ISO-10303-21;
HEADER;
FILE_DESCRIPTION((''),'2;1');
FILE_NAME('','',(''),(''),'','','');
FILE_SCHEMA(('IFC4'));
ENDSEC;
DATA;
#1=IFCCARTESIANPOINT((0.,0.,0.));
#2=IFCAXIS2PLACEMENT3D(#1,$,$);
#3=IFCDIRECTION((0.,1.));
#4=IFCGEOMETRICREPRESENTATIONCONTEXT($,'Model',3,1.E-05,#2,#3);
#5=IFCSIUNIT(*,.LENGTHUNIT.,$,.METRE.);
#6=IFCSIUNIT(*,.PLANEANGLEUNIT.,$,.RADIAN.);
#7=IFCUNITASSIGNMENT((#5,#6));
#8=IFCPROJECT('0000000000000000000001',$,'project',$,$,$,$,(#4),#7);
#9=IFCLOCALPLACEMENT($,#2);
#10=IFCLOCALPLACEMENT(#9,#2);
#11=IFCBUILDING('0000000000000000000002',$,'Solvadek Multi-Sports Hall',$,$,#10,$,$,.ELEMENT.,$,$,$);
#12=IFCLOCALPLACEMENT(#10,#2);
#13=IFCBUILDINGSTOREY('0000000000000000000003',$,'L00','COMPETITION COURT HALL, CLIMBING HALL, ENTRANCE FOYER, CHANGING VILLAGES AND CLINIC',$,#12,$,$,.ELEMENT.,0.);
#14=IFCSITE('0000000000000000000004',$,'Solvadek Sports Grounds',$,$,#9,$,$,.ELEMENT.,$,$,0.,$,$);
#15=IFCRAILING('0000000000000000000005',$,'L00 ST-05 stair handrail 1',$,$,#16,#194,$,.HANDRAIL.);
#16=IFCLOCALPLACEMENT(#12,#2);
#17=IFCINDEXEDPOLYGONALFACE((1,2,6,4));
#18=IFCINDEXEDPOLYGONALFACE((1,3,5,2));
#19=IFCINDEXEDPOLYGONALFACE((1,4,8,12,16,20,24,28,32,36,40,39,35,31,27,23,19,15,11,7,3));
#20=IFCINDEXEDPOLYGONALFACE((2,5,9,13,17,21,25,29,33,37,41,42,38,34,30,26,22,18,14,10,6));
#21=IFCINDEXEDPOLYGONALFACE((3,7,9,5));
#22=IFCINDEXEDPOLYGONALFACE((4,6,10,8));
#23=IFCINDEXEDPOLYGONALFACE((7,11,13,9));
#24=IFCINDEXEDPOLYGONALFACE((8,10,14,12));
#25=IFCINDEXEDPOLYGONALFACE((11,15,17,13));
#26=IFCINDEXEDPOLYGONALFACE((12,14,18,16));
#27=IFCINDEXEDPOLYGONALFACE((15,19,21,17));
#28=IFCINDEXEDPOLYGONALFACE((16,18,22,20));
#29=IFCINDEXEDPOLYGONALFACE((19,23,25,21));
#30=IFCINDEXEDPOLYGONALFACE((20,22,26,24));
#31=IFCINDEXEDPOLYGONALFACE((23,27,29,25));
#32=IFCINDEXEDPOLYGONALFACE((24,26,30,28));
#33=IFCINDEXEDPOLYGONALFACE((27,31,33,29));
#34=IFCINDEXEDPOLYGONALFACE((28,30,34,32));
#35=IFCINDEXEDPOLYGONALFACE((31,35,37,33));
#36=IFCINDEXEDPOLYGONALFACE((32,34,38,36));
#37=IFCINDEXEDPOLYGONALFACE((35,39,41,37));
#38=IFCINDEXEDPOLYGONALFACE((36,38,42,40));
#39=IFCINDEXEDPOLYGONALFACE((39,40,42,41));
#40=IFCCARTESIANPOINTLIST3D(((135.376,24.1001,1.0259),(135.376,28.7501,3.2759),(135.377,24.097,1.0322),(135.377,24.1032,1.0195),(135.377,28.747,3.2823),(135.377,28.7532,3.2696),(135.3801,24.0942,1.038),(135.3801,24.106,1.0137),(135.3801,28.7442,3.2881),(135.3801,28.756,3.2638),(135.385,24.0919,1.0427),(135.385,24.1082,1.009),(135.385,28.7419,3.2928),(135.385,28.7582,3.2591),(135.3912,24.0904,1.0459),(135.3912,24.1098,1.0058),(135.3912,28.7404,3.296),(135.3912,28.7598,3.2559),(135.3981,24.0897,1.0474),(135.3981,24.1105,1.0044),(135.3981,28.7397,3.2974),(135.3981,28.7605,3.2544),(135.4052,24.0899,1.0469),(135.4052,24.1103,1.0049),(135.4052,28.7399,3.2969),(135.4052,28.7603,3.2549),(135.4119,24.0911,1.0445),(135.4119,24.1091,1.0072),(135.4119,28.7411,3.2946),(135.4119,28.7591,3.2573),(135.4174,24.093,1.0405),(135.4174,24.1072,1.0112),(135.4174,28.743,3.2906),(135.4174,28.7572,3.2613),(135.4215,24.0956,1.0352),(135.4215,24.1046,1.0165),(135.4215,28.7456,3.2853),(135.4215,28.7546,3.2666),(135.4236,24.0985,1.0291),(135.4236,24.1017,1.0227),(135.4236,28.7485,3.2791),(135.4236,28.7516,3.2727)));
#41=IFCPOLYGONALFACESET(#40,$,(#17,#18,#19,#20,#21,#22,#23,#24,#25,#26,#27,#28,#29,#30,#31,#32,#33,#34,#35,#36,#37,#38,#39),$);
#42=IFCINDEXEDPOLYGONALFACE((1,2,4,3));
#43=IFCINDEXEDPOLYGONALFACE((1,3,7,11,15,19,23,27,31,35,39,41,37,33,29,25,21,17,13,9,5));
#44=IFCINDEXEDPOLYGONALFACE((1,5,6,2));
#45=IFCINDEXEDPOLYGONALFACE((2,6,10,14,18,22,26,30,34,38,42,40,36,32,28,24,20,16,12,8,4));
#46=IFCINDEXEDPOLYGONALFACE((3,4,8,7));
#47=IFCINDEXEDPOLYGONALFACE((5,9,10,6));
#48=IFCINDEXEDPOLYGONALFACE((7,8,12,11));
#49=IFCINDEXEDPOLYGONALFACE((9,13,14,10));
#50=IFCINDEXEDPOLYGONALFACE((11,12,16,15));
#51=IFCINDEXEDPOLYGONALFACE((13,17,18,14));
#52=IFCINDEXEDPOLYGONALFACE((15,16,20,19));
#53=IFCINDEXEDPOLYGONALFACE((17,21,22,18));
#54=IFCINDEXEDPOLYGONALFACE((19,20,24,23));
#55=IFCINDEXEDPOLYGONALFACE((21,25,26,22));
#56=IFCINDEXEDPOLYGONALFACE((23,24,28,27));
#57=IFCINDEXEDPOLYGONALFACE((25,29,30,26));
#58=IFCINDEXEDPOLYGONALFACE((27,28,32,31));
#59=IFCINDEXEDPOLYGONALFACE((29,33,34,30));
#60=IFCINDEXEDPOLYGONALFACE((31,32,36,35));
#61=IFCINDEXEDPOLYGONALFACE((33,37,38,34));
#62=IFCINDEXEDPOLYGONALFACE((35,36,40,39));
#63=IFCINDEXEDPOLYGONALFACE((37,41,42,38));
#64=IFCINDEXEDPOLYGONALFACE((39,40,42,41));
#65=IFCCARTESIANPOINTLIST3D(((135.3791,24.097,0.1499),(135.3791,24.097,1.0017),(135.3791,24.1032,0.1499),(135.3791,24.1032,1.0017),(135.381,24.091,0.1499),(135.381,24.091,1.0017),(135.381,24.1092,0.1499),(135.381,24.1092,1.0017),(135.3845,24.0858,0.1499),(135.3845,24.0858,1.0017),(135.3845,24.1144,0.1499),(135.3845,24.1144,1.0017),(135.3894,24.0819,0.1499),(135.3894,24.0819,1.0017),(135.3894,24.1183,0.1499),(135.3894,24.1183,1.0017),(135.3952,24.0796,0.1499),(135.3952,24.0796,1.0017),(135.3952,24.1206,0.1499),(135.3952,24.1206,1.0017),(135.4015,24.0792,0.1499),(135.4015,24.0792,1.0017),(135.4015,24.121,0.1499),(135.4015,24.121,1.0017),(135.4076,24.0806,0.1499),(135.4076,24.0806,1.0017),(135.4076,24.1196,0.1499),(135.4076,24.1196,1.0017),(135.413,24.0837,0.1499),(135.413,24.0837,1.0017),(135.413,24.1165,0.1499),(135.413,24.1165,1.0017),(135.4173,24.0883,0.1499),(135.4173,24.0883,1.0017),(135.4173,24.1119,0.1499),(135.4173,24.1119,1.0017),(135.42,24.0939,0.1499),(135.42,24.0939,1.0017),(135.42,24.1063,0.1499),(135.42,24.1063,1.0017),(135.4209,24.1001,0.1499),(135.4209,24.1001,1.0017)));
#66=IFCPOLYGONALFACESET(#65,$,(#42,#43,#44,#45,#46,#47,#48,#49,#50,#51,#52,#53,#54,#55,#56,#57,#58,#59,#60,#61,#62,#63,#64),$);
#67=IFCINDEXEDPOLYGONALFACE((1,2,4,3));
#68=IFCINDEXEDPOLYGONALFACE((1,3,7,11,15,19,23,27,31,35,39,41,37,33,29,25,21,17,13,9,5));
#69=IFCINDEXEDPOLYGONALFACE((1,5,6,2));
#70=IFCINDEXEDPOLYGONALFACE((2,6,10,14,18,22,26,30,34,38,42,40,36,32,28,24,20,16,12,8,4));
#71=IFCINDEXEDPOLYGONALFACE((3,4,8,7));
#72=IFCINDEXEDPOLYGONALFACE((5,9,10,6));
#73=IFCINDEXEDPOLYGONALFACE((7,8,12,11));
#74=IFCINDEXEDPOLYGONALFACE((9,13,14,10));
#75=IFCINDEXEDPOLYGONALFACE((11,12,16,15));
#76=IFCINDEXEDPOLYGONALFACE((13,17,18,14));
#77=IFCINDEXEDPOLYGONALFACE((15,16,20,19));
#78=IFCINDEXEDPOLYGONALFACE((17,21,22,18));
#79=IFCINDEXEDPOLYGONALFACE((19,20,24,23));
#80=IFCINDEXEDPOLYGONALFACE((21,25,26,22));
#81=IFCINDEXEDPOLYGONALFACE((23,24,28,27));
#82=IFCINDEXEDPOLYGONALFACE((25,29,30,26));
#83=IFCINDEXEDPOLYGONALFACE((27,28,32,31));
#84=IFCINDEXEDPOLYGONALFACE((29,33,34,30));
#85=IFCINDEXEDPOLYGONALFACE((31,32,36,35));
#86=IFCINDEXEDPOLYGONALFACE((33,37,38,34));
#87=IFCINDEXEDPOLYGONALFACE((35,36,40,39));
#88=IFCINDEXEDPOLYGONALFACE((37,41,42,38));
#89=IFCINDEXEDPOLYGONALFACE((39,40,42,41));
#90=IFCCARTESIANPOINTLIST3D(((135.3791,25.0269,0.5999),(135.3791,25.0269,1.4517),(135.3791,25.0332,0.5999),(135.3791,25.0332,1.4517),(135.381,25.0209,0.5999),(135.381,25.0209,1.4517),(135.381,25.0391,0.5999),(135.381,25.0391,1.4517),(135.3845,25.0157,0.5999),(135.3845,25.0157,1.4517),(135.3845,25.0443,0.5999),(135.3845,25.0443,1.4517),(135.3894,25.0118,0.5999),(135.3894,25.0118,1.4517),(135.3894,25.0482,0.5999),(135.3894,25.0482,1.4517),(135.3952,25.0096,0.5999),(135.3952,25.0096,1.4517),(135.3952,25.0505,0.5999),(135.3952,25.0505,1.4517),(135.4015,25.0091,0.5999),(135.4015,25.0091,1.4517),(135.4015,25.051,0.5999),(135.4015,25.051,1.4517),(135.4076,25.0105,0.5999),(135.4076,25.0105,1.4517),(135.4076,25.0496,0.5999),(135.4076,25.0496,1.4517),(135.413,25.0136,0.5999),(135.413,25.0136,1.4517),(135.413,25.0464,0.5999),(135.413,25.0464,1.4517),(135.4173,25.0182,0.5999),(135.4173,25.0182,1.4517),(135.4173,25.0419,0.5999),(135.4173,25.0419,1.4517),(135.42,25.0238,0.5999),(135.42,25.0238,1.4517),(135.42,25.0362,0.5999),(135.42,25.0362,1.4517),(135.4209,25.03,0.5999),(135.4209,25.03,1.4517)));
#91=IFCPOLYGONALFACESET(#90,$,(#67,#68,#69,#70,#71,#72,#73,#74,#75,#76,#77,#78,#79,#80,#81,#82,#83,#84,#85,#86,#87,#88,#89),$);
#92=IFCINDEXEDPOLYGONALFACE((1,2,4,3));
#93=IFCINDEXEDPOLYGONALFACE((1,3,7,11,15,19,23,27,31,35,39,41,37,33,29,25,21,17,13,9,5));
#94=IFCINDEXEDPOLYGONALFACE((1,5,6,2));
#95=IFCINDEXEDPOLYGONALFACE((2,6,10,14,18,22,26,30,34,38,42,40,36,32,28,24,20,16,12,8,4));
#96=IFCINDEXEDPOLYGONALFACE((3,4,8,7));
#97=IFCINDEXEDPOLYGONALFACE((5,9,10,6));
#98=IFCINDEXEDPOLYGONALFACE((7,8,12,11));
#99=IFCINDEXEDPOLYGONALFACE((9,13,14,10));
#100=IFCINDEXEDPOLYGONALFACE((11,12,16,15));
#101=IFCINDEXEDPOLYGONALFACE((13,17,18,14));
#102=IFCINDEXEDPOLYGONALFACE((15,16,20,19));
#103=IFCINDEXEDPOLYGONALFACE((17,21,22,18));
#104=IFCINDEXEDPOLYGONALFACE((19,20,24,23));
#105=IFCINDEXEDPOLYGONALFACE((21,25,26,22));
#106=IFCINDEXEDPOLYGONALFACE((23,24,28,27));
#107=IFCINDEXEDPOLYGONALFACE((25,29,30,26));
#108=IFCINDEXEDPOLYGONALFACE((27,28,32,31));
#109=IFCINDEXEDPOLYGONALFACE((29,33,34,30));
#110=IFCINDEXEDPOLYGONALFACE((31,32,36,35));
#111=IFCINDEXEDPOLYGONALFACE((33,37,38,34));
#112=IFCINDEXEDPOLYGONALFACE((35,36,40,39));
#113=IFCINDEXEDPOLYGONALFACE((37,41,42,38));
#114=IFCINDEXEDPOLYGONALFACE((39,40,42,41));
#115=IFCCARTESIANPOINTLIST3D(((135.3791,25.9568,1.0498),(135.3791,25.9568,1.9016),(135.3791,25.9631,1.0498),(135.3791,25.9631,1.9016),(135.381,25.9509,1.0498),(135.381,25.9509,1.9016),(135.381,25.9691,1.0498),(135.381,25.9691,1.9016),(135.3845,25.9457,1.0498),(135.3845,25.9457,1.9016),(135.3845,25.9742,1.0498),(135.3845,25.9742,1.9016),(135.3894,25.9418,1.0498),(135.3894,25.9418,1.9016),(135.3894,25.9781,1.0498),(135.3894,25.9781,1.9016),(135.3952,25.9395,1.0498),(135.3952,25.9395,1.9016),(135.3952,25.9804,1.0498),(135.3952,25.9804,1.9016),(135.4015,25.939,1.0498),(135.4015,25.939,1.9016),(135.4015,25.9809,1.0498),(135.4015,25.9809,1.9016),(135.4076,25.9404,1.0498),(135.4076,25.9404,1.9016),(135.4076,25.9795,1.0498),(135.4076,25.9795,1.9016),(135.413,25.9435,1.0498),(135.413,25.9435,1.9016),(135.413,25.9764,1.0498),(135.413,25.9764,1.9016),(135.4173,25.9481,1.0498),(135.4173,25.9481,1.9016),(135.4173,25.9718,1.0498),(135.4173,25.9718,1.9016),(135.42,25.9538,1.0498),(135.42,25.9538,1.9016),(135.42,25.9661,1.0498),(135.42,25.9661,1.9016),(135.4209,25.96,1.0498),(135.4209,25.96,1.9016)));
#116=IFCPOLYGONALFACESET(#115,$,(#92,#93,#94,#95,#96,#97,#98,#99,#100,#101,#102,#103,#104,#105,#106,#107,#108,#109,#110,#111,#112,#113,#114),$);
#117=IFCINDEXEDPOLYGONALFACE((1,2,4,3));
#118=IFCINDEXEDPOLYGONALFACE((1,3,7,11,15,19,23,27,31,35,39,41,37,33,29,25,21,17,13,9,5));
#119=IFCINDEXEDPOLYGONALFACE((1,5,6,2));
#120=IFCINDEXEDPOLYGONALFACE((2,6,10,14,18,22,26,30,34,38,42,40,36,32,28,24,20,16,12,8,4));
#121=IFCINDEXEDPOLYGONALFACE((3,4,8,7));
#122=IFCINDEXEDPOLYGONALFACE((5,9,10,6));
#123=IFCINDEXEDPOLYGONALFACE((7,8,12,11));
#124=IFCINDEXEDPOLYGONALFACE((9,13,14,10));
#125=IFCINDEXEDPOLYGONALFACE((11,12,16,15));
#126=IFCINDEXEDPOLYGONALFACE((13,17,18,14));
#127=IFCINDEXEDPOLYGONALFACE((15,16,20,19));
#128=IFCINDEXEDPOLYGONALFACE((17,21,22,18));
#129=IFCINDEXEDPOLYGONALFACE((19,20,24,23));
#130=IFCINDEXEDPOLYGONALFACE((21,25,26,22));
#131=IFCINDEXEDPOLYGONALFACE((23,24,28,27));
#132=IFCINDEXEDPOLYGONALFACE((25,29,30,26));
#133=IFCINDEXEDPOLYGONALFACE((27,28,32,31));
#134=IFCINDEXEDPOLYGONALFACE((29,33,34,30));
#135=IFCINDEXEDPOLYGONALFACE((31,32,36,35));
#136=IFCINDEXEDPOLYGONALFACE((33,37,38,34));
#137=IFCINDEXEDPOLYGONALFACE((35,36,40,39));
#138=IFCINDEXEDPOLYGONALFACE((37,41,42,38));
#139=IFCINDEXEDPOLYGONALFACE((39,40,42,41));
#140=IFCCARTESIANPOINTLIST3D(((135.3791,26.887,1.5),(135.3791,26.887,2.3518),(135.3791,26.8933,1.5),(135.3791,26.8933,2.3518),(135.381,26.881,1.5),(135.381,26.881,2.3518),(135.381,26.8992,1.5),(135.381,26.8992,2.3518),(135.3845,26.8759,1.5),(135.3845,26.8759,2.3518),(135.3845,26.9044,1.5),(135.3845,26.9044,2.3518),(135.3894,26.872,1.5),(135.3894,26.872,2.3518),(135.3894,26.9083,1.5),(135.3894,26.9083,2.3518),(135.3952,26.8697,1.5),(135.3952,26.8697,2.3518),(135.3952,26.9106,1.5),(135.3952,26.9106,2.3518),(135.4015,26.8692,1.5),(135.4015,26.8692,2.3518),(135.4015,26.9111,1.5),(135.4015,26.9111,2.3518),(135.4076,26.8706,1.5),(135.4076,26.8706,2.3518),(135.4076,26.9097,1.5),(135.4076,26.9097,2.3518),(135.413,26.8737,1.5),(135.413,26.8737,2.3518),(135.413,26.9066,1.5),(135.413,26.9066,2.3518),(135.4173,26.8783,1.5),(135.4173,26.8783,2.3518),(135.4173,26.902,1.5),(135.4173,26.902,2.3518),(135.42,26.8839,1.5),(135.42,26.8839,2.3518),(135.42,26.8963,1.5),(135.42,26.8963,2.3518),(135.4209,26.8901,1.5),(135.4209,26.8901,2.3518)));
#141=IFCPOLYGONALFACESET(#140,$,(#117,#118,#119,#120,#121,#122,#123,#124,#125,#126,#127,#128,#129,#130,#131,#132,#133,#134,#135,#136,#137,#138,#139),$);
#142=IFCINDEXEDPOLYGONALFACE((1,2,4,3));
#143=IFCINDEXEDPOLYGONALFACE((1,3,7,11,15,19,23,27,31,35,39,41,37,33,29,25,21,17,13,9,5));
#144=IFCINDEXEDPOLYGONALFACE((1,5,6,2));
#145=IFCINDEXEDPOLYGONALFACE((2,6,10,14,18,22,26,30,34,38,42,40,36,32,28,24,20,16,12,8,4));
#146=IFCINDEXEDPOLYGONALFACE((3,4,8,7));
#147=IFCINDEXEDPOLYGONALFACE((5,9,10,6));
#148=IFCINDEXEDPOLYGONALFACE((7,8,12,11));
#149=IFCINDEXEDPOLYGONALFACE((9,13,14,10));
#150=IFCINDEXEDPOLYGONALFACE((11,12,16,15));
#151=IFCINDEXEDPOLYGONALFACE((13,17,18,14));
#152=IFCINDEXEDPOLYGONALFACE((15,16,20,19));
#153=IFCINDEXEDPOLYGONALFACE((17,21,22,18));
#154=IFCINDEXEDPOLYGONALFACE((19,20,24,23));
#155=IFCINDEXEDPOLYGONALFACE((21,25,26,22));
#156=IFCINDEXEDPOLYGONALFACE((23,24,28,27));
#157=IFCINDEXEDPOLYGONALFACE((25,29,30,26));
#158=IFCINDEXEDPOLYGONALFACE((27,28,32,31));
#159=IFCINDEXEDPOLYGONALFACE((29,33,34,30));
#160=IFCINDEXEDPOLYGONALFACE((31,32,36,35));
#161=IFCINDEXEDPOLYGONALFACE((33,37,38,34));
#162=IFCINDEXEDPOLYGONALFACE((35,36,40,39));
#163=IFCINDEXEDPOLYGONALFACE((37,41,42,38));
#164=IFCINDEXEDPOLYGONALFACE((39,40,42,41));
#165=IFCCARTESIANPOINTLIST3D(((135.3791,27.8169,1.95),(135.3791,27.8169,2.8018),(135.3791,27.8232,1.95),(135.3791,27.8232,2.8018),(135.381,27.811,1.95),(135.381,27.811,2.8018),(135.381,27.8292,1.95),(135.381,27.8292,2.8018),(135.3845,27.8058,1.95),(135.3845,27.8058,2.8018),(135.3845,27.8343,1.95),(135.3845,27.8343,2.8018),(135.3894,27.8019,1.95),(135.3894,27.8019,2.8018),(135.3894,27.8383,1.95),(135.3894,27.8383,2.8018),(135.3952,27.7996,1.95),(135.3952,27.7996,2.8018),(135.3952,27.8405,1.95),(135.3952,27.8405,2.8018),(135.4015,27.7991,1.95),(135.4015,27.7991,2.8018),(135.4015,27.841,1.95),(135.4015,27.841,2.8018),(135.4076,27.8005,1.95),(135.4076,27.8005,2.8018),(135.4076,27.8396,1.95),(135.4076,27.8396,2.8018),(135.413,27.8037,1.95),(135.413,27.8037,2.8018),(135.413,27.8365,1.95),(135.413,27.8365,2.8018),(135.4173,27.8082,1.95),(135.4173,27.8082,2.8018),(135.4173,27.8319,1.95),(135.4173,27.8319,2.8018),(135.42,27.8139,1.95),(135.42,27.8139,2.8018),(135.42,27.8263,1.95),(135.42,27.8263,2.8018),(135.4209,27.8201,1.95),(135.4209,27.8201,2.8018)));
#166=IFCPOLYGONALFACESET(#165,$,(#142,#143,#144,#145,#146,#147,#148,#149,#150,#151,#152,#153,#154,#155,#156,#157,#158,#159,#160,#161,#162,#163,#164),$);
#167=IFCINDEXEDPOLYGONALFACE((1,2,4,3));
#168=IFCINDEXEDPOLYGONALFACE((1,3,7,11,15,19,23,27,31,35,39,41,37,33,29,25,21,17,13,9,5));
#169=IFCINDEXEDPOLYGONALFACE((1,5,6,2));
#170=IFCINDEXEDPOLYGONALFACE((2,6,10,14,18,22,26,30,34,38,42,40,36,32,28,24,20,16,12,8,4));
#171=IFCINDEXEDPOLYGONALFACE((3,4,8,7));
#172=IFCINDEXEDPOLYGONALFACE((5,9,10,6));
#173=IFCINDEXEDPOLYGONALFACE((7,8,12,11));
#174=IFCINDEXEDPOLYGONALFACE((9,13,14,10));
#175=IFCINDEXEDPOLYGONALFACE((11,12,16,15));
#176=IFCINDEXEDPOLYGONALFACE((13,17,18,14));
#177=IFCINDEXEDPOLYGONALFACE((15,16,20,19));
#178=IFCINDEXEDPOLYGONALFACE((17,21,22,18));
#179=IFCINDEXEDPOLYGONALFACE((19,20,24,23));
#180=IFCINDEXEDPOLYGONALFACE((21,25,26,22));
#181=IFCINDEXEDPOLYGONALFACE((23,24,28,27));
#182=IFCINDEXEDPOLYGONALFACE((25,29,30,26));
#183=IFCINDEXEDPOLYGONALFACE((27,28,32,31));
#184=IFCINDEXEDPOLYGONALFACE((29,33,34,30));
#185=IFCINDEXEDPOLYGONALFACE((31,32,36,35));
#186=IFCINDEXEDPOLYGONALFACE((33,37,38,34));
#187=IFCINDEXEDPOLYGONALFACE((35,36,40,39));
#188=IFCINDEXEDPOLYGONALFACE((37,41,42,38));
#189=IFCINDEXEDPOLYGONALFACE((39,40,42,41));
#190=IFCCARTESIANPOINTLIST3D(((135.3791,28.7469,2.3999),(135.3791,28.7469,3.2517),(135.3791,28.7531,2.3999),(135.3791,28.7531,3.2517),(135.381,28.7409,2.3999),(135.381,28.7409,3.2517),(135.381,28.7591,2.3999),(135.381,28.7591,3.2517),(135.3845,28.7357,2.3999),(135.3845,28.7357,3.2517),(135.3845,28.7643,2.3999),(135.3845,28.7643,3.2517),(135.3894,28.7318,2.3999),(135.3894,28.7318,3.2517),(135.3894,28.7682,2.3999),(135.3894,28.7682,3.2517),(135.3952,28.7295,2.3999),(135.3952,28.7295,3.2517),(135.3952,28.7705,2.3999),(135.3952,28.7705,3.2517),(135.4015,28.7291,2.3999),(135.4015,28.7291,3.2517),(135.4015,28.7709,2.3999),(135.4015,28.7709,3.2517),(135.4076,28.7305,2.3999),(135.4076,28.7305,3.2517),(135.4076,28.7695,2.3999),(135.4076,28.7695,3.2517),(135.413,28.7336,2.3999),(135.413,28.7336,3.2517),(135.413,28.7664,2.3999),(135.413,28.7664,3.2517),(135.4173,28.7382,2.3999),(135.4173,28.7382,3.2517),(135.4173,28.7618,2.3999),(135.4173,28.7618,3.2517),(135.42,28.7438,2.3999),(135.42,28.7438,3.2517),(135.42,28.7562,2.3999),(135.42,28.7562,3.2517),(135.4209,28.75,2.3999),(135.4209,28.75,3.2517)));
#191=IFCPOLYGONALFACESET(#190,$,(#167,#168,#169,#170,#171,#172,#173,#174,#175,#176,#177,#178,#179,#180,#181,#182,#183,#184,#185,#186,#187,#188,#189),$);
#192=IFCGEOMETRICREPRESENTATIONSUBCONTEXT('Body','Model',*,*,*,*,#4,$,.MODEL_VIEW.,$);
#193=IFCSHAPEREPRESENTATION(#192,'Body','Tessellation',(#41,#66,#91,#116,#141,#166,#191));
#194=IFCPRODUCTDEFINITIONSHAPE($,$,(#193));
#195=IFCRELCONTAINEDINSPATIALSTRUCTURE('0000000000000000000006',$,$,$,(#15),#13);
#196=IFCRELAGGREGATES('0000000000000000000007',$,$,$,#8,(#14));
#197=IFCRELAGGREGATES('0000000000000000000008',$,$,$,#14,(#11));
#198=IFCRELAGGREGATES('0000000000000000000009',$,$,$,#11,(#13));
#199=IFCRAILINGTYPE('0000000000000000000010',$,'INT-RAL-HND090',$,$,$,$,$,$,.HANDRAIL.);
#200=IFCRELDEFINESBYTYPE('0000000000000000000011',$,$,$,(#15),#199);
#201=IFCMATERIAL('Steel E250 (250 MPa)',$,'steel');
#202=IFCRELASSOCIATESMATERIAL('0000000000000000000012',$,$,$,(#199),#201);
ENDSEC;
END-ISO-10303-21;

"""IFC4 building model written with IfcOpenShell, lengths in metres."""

from ifc_helpers import new_model, si_unit, direction, frame, origin, origin_2d, place, context, subcontext, project, spatial, circle, extrude, material, type_object, element, save


model = new_model("IFC4")

# Units and contexts
model_context = context("Model", 3, precision=1e-05, world=origin(), true_north=direction((0.0, 1.0)))
body_context = subcontext(model_context, "Body", "Model", "MODEL_VIEW")
ifc_project = project(units=[si_unit("LENGTHUNIT", "METRE"), si_unit("PLANEANGLEUNIT", "RADIAN")], contexts=[model_context])

# Site, building, storey
site_placement = place(None, origin())
site = spatial("IfcSite", under=ifc_project, at=site_placement, Name="Solvadek Sports Grounds", CompositionType="ELEMENT", RefElevation=0.0)
building_placement = place(site_placement, origin())
building = spatial("IfcBuilding", under=site, at=building_placement, Name="Solvadek Multi-Sports Hall", CompositionType="ELEMENT")
storey_placement = place(building_placement, origin())
storey = spatial("IfcBuildingStorey", under=building, at=storey_placement, Name="L00", Description="COMPETITION COURT HALL, CLIMBING HALL, ENTRANCE FOYER, CHANGING VILLAGES AND CLINIC", CompositionType="ELEMENT", Elevation=0.0)

# Shared definitions
ifc_material_1 = material(Name="Steel E250 (250 MPa)", Category="steel")

# Railing
railing_type_1 = type_object("IfcRailingType", Name="INT-RAL-HND090", PredefinedType="HANDRAIL", material=ifc_material_1)
railing_1_placement = place(storey_placement, frame((135.3999, 24.1001, 0.1499)))
element("IfcRailing", 1, at=railing_1_placement, inside=storey, type_object=railing_type_1, Name="L00 ST-05 stair handrail 1", PredefinedType="HANDRAIL", context=body_context, shape_type="SweptSolid", body=[
    extrude(circle(Radius=0.0239, at=origin_2d()), frame((0.0, 0.0, 0.876), z_axis=(0.0, 0.900156, 0.435568), x_axis=(-1.0, 0.0, 0.0)), (0.0, 0.0, 1.0), 5.1658),
    extrude(circle(Radius=0.021, at=origin_2d()), origin(), (0.0, 0.0, 1.0), 0.8518),
    extrude(circle(Radius=0.021, at=origin_2d()), frame((0.0, 0.9299, 0.45)), (0.0, 0.0, 1.0), 0.8518),
    extrude(circle(Radius=0.021, at=origin_2d()), frame((0.0, 1.8599, 0.8999)), (0.0, 0.0, 1.0), 0.8518),
    extrude(circle(Radius=0.021, at=origin_2d()), frame((0.0, 2.79, 1.3501)), (0.0, 0.0, 1.0), 0.8518),
    extrude(circle(Radius=0.021, at=origin_2d()), frame((0.0, 3.72, 1.8)), (0.0, 0.0, 1.0), 0.8518),
    extrude(circle(Radius=0.021, at=origin_2d()), frame((0.0, 4.6499, 2.25)), (0.0, 0.0, 1.0), 0.8518),
])

save(model, "model.ifc")
